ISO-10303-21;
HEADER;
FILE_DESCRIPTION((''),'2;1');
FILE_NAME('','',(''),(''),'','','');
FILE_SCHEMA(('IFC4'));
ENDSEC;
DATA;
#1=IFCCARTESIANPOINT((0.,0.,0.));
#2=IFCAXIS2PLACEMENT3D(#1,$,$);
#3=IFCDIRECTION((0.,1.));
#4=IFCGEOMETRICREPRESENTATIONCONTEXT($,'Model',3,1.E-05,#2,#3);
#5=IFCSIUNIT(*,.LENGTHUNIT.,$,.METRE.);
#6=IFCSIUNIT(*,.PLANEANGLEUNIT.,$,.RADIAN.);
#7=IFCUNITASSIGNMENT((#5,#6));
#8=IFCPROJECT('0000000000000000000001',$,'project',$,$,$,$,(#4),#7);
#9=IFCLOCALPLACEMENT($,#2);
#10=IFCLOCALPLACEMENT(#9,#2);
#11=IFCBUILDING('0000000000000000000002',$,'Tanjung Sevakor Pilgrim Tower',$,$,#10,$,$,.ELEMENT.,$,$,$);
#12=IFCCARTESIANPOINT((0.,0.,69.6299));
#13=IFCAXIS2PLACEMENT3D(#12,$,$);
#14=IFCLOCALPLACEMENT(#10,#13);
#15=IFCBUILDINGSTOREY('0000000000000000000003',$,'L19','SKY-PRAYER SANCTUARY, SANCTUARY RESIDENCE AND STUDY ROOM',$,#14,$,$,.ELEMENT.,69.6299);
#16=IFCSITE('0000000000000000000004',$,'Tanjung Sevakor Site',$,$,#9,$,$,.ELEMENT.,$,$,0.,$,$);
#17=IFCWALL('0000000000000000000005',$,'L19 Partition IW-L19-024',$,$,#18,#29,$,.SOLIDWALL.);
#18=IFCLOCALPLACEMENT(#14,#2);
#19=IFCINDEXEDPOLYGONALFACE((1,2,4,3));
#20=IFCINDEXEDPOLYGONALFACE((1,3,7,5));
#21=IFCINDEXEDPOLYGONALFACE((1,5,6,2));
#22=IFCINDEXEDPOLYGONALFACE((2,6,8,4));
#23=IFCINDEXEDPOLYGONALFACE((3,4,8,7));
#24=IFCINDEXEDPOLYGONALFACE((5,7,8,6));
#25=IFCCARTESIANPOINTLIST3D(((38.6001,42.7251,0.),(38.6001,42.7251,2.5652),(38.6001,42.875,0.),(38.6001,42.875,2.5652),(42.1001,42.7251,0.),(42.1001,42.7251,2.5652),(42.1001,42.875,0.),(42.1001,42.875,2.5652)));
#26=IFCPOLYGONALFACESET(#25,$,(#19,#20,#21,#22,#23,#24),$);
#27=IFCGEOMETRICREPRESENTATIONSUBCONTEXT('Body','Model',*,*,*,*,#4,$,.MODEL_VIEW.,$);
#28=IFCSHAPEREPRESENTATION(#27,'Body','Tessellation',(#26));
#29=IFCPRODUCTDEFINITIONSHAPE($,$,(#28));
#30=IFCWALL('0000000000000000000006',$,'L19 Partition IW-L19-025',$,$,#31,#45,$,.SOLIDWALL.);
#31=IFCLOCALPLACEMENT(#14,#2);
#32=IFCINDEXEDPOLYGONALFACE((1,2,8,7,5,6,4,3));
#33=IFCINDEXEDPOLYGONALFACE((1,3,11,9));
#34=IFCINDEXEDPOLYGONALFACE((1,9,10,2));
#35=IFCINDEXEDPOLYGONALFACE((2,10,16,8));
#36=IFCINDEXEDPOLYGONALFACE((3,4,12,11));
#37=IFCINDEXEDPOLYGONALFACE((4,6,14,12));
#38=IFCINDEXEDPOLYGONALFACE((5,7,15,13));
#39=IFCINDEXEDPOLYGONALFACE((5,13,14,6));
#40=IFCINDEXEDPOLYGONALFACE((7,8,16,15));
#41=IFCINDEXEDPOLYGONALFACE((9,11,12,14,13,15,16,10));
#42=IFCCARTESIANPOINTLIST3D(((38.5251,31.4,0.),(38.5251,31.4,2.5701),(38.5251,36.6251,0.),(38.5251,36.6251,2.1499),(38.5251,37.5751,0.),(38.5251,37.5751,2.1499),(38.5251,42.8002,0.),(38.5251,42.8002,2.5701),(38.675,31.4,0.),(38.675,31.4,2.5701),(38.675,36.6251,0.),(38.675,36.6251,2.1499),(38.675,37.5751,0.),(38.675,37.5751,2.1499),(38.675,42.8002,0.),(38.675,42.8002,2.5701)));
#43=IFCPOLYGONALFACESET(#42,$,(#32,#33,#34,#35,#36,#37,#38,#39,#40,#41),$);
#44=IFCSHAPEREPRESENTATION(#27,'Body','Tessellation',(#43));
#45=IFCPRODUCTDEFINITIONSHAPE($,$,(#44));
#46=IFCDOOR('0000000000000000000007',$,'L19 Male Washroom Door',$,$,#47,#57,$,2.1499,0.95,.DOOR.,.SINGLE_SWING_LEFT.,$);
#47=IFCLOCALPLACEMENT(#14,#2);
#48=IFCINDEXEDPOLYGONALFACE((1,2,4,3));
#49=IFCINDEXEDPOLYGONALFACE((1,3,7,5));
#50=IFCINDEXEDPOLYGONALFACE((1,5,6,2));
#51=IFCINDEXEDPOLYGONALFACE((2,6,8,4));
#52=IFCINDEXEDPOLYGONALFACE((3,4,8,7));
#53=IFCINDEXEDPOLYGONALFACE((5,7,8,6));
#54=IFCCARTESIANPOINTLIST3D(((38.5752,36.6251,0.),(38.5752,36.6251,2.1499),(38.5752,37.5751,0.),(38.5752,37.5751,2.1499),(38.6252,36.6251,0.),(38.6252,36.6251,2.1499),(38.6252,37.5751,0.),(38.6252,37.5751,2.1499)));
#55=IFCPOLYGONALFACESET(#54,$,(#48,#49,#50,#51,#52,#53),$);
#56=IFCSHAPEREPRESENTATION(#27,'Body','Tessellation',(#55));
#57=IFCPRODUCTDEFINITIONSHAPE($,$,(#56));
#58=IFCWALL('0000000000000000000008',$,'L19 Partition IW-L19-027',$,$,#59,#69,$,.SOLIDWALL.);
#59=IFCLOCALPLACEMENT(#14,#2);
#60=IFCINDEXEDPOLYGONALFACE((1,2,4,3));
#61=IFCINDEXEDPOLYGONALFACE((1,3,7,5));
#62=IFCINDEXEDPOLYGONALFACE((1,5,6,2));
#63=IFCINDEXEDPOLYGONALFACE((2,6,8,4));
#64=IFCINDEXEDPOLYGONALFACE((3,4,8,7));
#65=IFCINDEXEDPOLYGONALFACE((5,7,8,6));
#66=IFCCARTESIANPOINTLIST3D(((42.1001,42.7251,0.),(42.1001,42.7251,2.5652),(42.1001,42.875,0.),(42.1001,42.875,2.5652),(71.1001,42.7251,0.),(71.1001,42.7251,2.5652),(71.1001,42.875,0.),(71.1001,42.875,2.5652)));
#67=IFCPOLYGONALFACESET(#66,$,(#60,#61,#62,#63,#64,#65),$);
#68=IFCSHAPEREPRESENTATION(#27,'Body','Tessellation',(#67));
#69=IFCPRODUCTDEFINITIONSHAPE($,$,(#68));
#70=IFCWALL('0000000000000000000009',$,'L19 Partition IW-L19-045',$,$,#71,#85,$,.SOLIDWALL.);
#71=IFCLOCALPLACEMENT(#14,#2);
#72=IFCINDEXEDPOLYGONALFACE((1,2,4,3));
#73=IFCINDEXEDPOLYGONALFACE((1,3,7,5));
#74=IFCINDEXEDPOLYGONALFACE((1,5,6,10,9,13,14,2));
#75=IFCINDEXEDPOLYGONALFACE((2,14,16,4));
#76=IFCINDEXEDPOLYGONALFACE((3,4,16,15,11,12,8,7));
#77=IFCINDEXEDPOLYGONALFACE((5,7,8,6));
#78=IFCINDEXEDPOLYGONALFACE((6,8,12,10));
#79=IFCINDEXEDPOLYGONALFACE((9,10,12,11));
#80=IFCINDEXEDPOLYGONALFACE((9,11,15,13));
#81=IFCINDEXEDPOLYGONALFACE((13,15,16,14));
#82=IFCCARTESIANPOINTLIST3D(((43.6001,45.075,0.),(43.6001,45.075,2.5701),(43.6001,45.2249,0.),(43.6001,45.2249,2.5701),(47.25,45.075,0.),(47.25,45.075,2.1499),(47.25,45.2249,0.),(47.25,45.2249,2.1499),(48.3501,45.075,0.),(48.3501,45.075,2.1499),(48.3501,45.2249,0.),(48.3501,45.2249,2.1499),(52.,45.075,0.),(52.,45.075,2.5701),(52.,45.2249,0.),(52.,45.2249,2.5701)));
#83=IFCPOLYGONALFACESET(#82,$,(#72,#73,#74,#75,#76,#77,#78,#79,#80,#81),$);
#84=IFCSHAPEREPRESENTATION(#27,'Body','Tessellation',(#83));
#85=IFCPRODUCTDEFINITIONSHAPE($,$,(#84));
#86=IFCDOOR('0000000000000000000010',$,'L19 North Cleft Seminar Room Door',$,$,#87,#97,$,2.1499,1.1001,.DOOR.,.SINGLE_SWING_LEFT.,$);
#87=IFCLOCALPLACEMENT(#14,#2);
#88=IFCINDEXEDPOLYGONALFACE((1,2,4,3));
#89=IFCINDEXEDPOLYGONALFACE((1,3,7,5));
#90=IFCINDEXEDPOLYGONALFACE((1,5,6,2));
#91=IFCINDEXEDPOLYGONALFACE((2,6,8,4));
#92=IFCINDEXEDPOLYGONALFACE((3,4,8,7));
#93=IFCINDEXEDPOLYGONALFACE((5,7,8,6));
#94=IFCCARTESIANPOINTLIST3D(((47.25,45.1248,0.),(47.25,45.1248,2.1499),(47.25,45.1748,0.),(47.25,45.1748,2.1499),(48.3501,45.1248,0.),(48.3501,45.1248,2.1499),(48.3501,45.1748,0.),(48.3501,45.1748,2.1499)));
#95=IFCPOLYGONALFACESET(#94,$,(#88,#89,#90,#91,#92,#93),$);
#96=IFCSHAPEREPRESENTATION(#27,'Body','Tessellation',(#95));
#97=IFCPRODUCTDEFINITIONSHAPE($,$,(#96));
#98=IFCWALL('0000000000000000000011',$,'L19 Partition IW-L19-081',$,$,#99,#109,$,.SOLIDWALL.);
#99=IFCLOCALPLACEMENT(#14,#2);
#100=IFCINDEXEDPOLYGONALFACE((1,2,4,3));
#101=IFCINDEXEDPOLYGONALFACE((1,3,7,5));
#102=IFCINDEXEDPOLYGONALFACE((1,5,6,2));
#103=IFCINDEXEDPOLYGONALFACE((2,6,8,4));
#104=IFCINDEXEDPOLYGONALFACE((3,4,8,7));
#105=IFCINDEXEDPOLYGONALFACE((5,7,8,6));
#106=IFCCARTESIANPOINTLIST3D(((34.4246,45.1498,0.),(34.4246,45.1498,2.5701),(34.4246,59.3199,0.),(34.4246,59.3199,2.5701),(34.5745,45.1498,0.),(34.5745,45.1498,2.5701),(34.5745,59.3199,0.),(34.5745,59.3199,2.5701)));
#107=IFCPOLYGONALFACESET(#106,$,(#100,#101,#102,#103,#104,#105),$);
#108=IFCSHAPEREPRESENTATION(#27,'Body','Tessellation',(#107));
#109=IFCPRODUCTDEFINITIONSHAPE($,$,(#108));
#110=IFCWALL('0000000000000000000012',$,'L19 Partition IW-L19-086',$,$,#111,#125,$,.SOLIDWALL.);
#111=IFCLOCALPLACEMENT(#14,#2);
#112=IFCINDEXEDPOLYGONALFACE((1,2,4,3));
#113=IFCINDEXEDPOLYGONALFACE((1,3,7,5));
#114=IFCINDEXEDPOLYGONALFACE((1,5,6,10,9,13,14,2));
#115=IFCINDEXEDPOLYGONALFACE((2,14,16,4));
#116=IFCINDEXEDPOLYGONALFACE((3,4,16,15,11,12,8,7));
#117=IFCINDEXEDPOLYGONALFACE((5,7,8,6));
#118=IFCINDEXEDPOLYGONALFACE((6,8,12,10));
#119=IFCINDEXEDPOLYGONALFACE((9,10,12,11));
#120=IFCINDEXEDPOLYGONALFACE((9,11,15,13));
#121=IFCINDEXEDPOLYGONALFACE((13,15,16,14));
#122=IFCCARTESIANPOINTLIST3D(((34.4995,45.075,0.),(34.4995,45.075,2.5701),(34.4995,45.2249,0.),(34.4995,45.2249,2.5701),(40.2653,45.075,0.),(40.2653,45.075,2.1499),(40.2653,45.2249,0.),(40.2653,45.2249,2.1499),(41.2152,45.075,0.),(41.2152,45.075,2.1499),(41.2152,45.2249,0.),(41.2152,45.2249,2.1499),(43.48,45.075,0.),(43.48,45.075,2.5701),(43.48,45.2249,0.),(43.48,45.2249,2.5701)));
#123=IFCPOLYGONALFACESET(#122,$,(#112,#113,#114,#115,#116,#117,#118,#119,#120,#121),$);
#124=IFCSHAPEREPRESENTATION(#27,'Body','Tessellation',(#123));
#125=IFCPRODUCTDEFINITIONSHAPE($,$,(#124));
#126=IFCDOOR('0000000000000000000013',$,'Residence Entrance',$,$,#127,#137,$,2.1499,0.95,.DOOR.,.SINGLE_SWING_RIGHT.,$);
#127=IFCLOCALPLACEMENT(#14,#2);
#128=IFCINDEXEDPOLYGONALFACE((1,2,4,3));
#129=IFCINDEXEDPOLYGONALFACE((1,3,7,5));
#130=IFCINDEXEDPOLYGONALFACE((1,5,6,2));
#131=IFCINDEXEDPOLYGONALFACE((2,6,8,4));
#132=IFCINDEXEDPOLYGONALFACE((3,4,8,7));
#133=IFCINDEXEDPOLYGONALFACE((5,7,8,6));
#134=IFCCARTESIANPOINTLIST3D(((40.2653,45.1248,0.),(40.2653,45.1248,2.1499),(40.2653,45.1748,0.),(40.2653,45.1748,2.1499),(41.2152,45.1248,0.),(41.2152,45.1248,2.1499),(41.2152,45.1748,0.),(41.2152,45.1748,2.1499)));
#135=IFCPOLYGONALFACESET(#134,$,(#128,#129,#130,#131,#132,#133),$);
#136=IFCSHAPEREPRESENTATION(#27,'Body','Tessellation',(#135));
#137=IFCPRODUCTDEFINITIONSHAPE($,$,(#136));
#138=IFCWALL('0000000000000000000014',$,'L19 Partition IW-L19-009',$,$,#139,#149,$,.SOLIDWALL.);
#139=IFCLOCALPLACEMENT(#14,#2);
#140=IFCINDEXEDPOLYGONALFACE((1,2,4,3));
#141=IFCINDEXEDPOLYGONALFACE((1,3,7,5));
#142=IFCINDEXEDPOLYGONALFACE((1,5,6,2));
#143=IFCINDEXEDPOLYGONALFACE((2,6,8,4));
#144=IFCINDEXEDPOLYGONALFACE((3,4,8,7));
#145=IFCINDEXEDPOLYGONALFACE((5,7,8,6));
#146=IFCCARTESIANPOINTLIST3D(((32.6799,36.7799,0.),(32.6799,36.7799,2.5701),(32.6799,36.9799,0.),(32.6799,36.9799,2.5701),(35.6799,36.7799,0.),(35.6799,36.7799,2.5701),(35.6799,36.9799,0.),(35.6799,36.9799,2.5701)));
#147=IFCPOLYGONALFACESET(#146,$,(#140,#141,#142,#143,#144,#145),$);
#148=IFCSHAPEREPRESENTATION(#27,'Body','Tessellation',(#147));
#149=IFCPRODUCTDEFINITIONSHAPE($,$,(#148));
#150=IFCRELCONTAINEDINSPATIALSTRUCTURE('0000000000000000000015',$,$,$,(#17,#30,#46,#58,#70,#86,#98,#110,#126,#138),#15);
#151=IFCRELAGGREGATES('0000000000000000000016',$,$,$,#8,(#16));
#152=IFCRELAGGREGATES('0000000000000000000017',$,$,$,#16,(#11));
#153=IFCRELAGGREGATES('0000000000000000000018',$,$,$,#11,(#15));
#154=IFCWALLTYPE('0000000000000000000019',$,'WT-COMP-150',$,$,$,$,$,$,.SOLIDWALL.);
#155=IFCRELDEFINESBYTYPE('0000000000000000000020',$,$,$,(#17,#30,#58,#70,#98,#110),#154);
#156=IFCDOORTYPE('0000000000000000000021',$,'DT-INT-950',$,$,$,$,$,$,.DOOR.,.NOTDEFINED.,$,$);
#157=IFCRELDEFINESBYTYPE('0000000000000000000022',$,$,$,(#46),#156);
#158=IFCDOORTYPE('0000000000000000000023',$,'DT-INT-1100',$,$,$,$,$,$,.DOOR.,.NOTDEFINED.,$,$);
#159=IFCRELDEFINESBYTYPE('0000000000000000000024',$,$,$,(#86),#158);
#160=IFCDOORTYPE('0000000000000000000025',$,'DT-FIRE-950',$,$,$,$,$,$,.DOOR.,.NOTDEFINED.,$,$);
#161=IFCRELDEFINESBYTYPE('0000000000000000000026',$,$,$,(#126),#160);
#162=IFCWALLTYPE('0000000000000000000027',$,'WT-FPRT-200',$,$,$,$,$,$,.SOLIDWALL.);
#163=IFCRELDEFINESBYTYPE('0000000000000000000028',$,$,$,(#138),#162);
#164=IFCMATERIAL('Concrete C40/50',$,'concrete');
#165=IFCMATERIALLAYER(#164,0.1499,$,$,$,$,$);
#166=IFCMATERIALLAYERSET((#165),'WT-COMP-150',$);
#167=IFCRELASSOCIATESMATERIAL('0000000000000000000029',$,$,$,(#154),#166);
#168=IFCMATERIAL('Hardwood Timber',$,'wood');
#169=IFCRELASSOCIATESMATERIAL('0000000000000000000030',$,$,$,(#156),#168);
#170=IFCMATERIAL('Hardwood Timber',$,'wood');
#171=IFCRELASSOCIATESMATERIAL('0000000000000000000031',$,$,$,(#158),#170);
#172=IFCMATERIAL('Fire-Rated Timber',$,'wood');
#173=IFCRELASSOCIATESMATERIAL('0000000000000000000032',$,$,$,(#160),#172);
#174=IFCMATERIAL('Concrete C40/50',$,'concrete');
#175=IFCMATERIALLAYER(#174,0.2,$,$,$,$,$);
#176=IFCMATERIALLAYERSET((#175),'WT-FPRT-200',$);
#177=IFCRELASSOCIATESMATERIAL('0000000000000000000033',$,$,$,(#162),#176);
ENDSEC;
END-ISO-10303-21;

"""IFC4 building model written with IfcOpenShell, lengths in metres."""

from ifc_helpers import new_model, si_unit, direction, frame, frame_2d, origin, place, context, subcontext, project, spatial, rectangle, extrude, material, layer, layer_set, type_object, element, fill, save


model = new_model("IFC4")

# Units and contexts
model_context = context("Model", 3, precision=1e-05, world=origin(), true_north=direction((0.0, 1.0)))
body_context = subcontext(model_context, "Body", "Model", "MODEL_VIEW")
ifc_project = project(units=[si_unit("LENGTHUNIT", "METRE"), si_unit("PLANEANGLEUNIT", "RADIAN")], contexts=[model_context])

# Site, building, storey
site_placement = place(None, origin())
site = spatial("IfcSite", under=ifc_project, at=site_placement, Name="Tanjung Sevakor Site", CompositionType="ELEMENT", RefElevation=0.0)
building_placement = place(site_placement, origin())
building = spatial("IfcBuilding", under=site, at=building_placement, Name="Tanjung Sevakor Pilgrim Tower", CompositionType="ELEMENT")
storey_placement = place(building_placement, frame((0.0, 0.0, 69.6299)))
storey = spatial("IfcBuildingStorey", under=building, at=storey_placement, Name="L19", Description="SKY-PRAYER SANCTUARY, SANCTUARY RESIDENCE AND STUDY ROOM", CompositionType="ELEMENT", Elevation=69.6299)

# Wall
ifc_material_1 = material(Name="Concrete C40/50", Category="concrete")
ifc_layer_1 = layer(ifc_material_1, 0.1499)
ifc_layer_set_1 = layer_set([ifc_layer_1], Name="WT-COMP-150")
wall_type_1 = type_object("IfcWallType", Name="WT-COMP-150", PredefinedType="SOLIDWALL", material=ifc_layer_set_1)
wall_1_placement = place(storey_placement, frame((38.6001, 42.8, 0.0), z_axis=(0.0, 0.0, 1.0), x_axis=(1.0, 0.0, 0.0)))
element("IfcWall", 1, at=wall_1_placement, inside=storey, type_object=wall_type_1, Name="L19 Partition IW-L19-024", PredefinedType="SOLIDWALL", context=body_context, shape_type="SweptSolid", body=[
    extrude(rectangle(XDim=3.5, YDim=0.1499, at=frame_2d((1.75, 0.0))), origin(), (0.0, 0.0, 1.0), 2.5652),
])

# Wall, opening, door
wall_2_placement = place(storey_placement, frame((38.6001, 31.3999, 0.0), z_axis=(0.0, 0.0, 1.0), x_axis=(0.0, 1.0, 0.0)))
wall_2 = element("IfcWall", 2, at=wall_2_placement, inside=storey, type_object=wall_type_1, Name="L19 Partition IW-L19-025", PredefinedType="SOLIDWALL", context=body_context, shape_type="SweptSolid", body=[
    extrude(rectangle(XDim=11.4001, YDim=0.1499, at=frame_2d((5.7002, 0.0))), origin(), (0.0, 0.0, 1.0), 2.5701),
])
opening_1_placement = place(wall_2_placement, frame((5.2251, 0.0, 0.0)))
opening_1 = element("IfcOpeningElement", 3, at=opening_1_placement, cuts=wall_2, PredefinedType="OPENING", context=body_context, shape_type="SweptSolid", body=[
    extrude(rectangle(XDim=0.95, YDim=2.1499, at=frame_2d((0.4751, 1.075))), frame((0.0, 0.085, 0.0), z_axis=(0.0, -1.0, 0.0), x_axis=(1.0, 0.0, 0.0)), (0.0, 0.0, 1.0), 0.1699),
])
ifc_material_2 = material(Name="Hardwood Timber", Category="wood")
door_type_1 = type_object("IfcDoorType", Name="DT-INT-950", OperationType="NOTDEFINED", PredefinedType="DOOR", material=ifc_material_2)
door_1_placement = place(opening_1_placement, origin())
door_1 = element("IfcDoor", 4, at=door_1_placement, inside=storey, type_object=door_type_1, Name="L19 Male Washroom Door", OperationType="SINGLE_SWING_LEFT", OverallHeight=2.1499, OverallWidth=0.95, PredefinedType="DOOR", context=body_context, shape_type="SweptSolid", body=[
    extrude(rectangle(XDim=0.95, YDim=2.1499, at=frame_2d((0.4751, 1.075))), frame((0.0, 0.0249, 0.0), z_axis=(0.0, -1.0, 0.0), x_axis=(1.0, 0.0, 0.0)), (0.0, 0.0, 1.0), 0.05),
])
fill(opening_1, door_1)

# Wall
wall_3_placement = place(storey_placement, frame((42.1001, 42.8, 0.0), z_axis=(0.0, 0.0, 1.0), x_axis=(1.0, 0.0, 0.0)))
element("IfcWall", 5, at=wall_3_placement, inside=storey, type_object=wall_type_1, Name="L19 Partition IW-L19-027", PredefinedType="SOLIDWALL", context=body_context, shape_type="SweptSolid", body=[
    extrude(rectangle(XDim=29.0, YDim=0.1499, at=frame_2d((14.5, 0.0))), origin(), (0.0, 0.0, 1.0), 2.5652),
])

# Wall, opening, door
wall_4_placement = place(storey_placement, frame((43.6001, 45.1499, 0.0), z_axis=(0.0, 0.0, 1.0), x_axis=(1.0, 0.0, 0.0)))
wall_4 = element("IfcWall", 6, at=wall_4_placement, inside=storey, type_object=wall_type_1, Name="L19 Partition IW-L19-045", PredefinedType="SOLIDWALL", context=body_context, shape_type="SweptSolid", body=[
    extrude(rectangle(XDim=8.3999, YDim=0.1499, at=frame_2d((4.2, 0.0))), origin(), (0.0, 0.0, 1.0), 2.5701),
])
opening_2_placement = place(wall_4_placement, frame((3.6499, 0.0, 0.0)))
opening_2 = element("IfcOpeningElement", 7, at=opening_2_placement, cuts=wall_4, PredefinedType="OPENING", context=body_context, shape_type="SweptSolid", body=[
    extrude(rectangle(XDim=1.1001, YDim=2.1499, at=frame_2d((0.55, 1.075))), frame((0.0, 0.085, 0.0), z_axis=(0.0, -1.0, 0.0), x_axis=(1.0, 0.0, 0.0)), (0.0, 0.0, 1.0), 0.1699),
])
ifc_material_3 = material(Name="Hardwood Timber", Category="wood")
door_type_2 = type_object("IfcDoorType", Name="DT-INT-1100", OperationType="NOTDEFINED", PredefinedType="DOOR", material=ifc_material_3)
door_2_placement = place(opening_2_placement, origin())
door_2 = element("IfcDoor", 8, at=door_2_placement, inside=storey, type_object=door_type_2, Name="L19 North Cleft Seminar Room Door", OperationType="SINGLE_SWING_LEFT", OverallHeight=2.1499, OverallWidth=1.1001, PredefinedType="DOOR", context=body_context, shape_type="SweptSolid", body=[
    extrude(rectangle(XDim=1.1001, YDim=2.1499, at=frame_2d((0.55, 1.075))), frame((0.0, 0.0249, 0.0), z_axis=(0.0, -1.0, 0.0), x_axis=(1.0, 0.0, 0.0)), (0.0, 0.0, 1.0), 0.05),
])
fill(opening_2, door_2)

# Wall
wall_5_placement = place(storey_placement, frame((34.4995, 45.1499, 0.0), z_axis=(0.0, 0.0, 1.0), x_axis=(0.0, 1.0, 0.0)))
element("IfcWall", 9, at=wall_5_placement, inside=storey, type_object=wall_type_1, Name="L19 Partition IW-L19-081", PredefinedType="SOLIDWALL", context=body_context, shape_type="SweptSolid", body=[
    extrude(rectangle(XDim=14.1702, YDim=0.1499, at=frame_2d((7.085, 0.0))), origin(), (0.0, 0.0, 1.0), 2.5701),
])

# Wall, opening, door
wall_6_placement = place(storey_placement, frame((34.4995, 45.1499, 0.0), z_axis=(0.0, 0.0, 1.0), x_axis=(1.0, 0.0, 0.0)))
wall_6 = element("IfcWall", 10, at=wall_6_placement, inside=storey, type_object=wall_type_1, Name="L19 Partition IW-L19-086", PredefinedType="SOLIDWALL", context=body_context, shape_type="SweptSolid", body=[
    extrude(rectangle(XDim=8.9805, YDim=0.1499, at=frame_2d((4.4902, 0.0))), origin(), (0.0, 0.0, 1.0), 2.5701),
])
opening_3_placement = place(wall_6_placement, frame((5.7656, 0.0, 0.0)))
opening_3 = element("IfcOpeningElement", 11, at=opening_3_placement, cuts=wall_6, PredefinedType="OPENING", context=body_context, shape_type="SweptSolid", body=[
    extrude(rectangle(XDim=0.95, YDim=2.1499, at=frame_2d((0.4751, 1.075))), frame((0.0, 0.085, 0.0), z_axis=(0.0, -1.0, 0.0), x_axis=(1.0, 0.0, 0.0)), (0.0, 0.0, 1.0), 0.1699),
])
ifc_material_4 = material(Name="Fire-Rated Timber", Category="wood")
door_type_3 = type_object("IfcDoorType", Name="DT-FIRE-950", OperationType="NOTDEFINED", PredefinedType="DOOR", material=ifc_material_4)
door_3_placement = place(opening_3_placement, origin())
door_3 = element("IfcDoor", 12, at=door_3_placement, inside=storey, type_object=door_type_3, Name="Residence Entrance", OperationType="SINGLE_SWING_RIGHT", OverallHeight=2.1499, OverallWidth=0.95, PredefinedType="DOOR", context=body_context, shape_type="SweptSolid", body=[
    extrude(rectangle(XDim=0.95, YDim=2.1499, at=frame_2d((0.4751, 1.075))), frame((0.0, 0.0249, 0.0), z_axis=(0.0, -1.0, 0.0), x_axis=(1.0, 0.0, 0.0)), (0.0, 0.0, 1.0), 0.05),
])
fill(opening_3, door_3)

# Wall
ifc_material_5 = material(Name="Concrete C40/50", Category="concrete")
ifc_layer_2 = layer(ifc_material_5, 0.2)
ifc_layer_set_2 = layer_set([ifc_layer_2], Name="WT-FPRT-200")
wall_type_2 = type_object("IfcWallType", Name="WT-FPRT-200", PredefinedType="SOLIDWALL", material=ifc_layer_set_2)
wall_7_placement = place(storey_placement, frame((32.6799, 36.8799, 0.0), z_axis=(0.0, 0.0, 1.0), x_axis=(1.0, 0.0, 0.0)))
element("IfcWall", 13, at=wall_7_placement, inside=storey, type_object=wall_type_2, Name="L19 Partition IW-L19-009", PredefinedType="SOLIDWALL", context=body_context, shape_type="SweptSolid", body=[
    extrude(rectangle(XDim=3.0, YDim=0.2, at=frame_2d((1.5, 0.0))), origin(), (0.0, 0.0, 1.0), 2.5701),
])

save(model, "model.ifc")
